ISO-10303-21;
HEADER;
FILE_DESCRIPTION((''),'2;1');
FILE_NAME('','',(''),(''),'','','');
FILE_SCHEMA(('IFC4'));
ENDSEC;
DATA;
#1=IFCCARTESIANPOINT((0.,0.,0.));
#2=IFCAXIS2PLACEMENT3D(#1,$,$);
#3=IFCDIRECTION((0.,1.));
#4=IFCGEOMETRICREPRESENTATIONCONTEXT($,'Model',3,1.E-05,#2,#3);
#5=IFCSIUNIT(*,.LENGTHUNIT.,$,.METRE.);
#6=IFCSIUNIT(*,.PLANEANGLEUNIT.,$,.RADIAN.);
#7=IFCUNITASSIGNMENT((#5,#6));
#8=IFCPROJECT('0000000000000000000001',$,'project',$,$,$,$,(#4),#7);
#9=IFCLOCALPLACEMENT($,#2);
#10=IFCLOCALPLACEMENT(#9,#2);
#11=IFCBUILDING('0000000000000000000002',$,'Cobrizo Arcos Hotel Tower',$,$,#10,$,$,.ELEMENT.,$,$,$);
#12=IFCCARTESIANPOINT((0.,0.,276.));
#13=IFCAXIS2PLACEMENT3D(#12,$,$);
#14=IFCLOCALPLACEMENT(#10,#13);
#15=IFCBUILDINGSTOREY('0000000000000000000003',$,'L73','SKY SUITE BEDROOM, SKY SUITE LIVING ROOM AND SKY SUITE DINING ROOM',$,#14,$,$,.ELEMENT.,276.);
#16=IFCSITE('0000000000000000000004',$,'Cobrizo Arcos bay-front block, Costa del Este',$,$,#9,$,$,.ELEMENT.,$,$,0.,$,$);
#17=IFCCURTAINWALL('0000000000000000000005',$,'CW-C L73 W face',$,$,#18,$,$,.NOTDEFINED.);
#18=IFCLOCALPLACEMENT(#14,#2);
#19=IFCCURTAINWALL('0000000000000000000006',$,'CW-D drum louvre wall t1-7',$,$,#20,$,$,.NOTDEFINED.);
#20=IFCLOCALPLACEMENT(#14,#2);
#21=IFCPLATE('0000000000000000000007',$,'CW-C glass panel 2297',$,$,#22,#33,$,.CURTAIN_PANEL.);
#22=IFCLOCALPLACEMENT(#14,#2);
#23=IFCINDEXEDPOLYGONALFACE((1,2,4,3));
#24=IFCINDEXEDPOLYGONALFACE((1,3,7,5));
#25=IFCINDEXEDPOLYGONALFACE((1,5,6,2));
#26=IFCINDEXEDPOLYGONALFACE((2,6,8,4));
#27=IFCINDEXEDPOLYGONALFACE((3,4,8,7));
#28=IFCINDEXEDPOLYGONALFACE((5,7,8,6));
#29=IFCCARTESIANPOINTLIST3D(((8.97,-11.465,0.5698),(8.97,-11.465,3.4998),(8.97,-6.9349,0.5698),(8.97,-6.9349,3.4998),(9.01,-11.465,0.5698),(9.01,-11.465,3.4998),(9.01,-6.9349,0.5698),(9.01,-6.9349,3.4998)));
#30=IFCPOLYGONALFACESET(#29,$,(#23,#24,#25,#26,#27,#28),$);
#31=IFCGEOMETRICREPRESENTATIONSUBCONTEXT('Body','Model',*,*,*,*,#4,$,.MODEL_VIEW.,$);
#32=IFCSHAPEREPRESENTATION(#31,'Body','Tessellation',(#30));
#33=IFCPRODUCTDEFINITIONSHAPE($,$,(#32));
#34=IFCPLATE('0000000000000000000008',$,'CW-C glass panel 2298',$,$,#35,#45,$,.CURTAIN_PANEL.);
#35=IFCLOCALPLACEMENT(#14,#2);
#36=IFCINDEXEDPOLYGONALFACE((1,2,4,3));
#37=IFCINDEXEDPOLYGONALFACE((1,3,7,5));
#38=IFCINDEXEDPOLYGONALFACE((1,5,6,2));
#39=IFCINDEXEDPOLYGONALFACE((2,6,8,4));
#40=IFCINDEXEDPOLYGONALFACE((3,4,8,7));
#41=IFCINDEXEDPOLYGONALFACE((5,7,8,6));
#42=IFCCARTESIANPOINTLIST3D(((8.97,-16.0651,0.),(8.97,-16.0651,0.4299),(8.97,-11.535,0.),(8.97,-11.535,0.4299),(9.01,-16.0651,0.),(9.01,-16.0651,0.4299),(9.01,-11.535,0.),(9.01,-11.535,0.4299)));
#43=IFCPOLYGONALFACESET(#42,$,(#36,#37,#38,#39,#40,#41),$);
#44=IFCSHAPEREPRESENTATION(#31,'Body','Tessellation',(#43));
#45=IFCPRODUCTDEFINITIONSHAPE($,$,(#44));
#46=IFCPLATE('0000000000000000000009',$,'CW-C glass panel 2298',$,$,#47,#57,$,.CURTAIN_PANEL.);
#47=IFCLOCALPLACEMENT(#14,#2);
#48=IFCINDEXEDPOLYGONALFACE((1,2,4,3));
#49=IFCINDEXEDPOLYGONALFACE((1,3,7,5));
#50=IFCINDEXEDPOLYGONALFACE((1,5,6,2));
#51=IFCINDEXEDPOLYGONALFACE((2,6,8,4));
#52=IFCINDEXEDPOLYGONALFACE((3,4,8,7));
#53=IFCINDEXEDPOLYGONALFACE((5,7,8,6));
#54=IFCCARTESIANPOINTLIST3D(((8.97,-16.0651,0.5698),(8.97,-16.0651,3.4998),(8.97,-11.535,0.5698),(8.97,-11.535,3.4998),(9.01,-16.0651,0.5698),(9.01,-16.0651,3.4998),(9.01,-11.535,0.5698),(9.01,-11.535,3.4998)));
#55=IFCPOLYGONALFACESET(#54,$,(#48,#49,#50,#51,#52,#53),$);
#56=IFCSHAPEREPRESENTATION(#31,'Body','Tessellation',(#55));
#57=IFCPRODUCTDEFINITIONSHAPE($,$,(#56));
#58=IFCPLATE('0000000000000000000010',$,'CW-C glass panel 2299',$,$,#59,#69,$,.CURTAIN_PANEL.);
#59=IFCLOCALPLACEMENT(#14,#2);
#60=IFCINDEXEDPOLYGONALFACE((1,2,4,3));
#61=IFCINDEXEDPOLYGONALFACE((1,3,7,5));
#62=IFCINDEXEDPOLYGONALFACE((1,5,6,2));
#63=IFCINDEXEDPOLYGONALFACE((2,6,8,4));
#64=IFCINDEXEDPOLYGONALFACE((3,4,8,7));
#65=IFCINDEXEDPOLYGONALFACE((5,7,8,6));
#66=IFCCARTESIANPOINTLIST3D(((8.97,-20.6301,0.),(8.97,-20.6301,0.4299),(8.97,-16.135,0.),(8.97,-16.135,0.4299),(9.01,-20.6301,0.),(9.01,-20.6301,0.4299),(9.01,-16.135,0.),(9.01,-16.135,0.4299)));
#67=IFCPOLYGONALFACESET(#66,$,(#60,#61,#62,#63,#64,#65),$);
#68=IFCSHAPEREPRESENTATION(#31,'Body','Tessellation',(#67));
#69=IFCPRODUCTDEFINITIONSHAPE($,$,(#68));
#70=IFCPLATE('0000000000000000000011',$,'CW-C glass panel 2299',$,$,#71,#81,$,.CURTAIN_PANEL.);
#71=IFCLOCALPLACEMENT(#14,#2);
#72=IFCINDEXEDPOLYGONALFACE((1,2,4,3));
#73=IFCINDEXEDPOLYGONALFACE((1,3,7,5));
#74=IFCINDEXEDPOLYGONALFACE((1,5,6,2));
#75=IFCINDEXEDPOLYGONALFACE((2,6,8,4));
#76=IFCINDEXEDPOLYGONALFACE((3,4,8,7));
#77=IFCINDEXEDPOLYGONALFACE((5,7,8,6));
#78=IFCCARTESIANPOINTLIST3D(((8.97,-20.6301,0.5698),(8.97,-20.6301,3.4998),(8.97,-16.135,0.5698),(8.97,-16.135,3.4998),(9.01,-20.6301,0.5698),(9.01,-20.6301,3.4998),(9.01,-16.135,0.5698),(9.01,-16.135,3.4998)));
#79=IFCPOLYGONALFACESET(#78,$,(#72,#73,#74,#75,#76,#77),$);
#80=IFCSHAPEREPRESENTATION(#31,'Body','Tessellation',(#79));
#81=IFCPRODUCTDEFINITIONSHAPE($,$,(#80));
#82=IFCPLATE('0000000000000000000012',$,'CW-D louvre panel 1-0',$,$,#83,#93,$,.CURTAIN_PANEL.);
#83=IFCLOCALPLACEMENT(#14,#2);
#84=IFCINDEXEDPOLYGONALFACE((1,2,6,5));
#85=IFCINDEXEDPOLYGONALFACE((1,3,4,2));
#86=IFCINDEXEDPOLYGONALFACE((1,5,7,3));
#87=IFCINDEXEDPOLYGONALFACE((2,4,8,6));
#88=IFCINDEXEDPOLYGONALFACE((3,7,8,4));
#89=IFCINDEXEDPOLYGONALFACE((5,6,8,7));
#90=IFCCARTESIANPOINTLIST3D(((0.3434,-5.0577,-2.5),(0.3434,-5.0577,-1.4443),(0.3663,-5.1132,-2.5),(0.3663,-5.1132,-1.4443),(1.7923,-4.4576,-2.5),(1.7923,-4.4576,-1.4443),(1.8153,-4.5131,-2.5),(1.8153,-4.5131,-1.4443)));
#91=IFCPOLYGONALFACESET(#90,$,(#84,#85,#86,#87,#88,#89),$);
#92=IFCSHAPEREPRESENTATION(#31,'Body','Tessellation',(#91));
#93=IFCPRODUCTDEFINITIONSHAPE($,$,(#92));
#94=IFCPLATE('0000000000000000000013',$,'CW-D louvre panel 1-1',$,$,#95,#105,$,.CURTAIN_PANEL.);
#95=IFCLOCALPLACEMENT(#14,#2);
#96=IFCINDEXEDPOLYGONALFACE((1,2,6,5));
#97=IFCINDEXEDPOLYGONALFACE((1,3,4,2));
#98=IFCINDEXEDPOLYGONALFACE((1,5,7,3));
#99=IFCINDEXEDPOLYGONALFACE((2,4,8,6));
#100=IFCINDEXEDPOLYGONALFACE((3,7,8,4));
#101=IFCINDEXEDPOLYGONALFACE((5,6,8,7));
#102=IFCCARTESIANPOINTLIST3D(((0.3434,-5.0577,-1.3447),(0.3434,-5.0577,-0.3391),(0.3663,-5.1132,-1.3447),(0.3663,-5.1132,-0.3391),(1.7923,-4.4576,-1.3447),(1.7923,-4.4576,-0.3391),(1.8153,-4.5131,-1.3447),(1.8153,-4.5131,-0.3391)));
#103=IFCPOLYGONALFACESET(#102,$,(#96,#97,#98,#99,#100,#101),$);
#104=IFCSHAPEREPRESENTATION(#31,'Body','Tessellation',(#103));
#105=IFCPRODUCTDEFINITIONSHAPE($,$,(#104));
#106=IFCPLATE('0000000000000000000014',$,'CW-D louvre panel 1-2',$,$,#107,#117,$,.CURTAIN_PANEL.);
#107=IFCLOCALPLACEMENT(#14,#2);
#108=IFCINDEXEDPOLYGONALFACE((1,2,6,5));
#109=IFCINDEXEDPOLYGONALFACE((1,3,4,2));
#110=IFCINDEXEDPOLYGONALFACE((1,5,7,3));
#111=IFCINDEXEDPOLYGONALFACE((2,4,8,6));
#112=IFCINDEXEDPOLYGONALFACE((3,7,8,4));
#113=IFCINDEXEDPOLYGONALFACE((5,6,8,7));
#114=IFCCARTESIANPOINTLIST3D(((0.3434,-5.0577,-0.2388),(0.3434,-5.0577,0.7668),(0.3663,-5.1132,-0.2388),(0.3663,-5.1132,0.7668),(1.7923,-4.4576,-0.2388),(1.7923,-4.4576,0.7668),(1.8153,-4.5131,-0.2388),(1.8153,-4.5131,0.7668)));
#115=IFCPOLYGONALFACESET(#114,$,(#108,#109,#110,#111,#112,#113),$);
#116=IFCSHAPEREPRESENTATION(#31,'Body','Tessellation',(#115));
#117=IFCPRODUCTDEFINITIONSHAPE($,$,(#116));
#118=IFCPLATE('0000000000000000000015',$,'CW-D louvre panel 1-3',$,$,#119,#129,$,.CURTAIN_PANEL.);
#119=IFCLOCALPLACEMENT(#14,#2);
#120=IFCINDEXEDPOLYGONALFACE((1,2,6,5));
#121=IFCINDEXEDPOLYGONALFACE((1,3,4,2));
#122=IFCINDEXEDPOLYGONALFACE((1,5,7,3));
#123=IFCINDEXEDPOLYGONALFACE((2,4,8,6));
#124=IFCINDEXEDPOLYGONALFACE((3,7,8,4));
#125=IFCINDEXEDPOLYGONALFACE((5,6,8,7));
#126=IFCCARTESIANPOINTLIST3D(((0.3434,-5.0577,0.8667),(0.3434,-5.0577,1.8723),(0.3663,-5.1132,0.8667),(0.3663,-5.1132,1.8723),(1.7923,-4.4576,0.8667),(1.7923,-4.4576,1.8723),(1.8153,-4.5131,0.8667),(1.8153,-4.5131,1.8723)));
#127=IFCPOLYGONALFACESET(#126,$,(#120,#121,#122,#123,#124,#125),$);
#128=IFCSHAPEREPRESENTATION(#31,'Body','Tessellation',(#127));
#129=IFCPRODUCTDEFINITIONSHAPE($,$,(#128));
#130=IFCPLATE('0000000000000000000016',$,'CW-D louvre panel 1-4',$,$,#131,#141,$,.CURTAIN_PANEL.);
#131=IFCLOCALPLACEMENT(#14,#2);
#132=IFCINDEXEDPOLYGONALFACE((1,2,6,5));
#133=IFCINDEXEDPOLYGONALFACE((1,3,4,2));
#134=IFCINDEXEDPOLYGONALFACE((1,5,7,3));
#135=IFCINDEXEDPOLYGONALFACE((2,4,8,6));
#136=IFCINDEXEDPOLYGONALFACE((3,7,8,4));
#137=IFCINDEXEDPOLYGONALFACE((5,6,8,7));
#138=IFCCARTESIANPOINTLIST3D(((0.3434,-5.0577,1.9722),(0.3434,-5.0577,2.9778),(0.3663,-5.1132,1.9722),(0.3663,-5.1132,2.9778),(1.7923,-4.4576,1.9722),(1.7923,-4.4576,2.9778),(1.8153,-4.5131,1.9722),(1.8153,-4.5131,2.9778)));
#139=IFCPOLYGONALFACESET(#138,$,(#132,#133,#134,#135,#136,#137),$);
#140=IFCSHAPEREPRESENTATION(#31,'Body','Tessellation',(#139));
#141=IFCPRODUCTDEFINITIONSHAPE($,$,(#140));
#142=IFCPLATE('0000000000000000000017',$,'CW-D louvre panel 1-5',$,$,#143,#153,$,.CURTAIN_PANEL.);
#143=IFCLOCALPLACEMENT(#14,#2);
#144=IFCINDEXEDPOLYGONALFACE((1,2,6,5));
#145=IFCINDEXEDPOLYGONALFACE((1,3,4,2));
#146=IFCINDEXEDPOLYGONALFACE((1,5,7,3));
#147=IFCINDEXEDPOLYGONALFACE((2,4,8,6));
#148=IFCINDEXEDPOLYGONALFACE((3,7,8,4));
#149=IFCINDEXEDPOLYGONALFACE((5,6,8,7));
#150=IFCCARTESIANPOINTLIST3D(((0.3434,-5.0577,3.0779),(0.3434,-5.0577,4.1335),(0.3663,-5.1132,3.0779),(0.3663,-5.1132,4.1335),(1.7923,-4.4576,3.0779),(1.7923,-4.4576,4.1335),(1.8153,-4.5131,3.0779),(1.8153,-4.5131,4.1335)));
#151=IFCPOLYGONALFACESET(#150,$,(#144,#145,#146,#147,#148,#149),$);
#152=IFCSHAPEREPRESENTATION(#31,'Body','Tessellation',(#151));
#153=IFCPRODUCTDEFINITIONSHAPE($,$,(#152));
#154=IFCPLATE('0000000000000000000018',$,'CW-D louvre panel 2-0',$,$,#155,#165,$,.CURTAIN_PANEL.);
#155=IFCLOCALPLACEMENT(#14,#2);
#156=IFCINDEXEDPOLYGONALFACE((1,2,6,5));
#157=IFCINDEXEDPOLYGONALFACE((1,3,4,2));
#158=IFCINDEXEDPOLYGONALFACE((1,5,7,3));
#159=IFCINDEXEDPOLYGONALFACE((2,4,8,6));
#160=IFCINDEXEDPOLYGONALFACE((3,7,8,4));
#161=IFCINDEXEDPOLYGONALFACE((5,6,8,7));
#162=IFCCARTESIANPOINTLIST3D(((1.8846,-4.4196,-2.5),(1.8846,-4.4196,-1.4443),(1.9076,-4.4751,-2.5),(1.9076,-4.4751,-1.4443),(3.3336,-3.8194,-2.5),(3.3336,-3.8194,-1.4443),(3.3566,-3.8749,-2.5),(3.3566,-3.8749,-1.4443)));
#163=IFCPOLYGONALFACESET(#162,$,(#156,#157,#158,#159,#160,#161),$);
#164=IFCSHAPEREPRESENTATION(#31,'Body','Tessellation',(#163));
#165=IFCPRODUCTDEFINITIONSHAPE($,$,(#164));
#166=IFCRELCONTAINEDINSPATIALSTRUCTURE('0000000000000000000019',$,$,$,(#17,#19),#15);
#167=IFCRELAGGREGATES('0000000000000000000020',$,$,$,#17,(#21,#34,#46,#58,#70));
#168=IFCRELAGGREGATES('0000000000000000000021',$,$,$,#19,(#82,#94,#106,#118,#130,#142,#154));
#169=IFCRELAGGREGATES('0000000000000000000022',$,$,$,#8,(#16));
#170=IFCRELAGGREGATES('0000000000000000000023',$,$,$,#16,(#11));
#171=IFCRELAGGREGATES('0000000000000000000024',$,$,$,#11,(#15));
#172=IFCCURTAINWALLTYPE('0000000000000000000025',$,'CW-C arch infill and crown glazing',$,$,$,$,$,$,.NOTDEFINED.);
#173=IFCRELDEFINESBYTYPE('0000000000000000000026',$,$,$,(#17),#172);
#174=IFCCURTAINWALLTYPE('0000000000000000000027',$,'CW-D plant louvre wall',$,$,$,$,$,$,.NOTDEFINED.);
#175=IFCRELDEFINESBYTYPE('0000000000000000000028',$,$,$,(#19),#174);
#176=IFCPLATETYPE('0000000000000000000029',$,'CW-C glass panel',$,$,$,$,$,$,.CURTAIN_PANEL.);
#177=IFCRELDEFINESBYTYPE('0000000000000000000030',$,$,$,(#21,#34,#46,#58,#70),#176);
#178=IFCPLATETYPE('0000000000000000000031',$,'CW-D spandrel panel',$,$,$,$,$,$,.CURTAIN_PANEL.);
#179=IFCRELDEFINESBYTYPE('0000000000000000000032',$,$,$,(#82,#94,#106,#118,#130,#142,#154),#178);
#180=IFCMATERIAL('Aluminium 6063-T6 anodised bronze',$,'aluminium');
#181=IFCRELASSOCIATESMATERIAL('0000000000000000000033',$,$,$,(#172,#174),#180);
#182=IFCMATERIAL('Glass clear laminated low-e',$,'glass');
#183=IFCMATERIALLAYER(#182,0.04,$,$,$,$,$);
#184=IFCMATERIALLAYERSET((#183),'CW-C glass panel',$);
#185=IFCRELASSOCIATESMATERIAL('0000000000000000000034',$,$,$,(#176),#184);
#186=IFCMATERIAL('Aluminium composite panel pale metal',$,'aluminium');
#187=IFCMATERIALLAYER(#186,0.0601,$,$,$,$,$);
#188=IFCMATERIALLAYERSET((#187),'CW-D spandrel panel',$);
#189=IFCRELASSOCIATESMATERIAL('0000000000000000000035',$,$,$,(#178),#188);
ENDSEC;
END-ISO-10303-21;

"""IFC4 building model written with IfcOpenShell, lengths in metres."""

from ifc_helpers import new_model, si_unit, direction, frame, origin, origin_2d, place, context, subcontext, project, spatial, rectangle, extrude, material, layer, layer_set, type_object, element, aggregate, save


model = new_model("IFC4")

# Units and contexts
model_context = context("Model", 3, precision=1e-05, world=origin(), true_north=direction((0.0, 1.0)))
body_context = subcontext(model_context, "Body", "Model", "MODEL_VIEW")
ifc_project = project(units=[si_unit("LENGTHUNIT", "METRE"), si_unit("PLANEANGLEUNIT", "RADIAN")], contexts=[model_context])

# Site, building, storey
site_placement = place(None, origin())
site = spatial("IfcSite", under=ifc_project, at=site_placement, Name="Cobrizo Arcos bay-front block, Costa del Este", CompositionType="ELEMENT", RefElevation=0.0)
building_placement = place(site_placement, origin())
building = spatial("IfcBuilding", under=site, at=building_placement, Name="Cobrizo Arcos Hotel Tower", CompositionType="ELEMENT")
storey_placement = place(building_placement, frame((0.0, 0.0, 276.0)))
storey = spatial("IfcBuildingStorey", under=building, at=storey_placement, Name="L73", Description="SKY SUITE BEDROOM, SKY SUITE LIVING ROOM AND SKY SUITE DINING ROOM", CompositionType="ELEMENT", Elevation=276.0)

# Shared definitions
ifc_material_1 = material(Name="Aluminium 6063-T6 anodised bronze", Category="aluminium")

# Curtain walls
curtain_wall_type_1 = type_object("IfcCurtainWallType", Name="CW-C arch infill and crown glazing", PredefinedType="NOTDEFINED", material=ifc_material_1)
curtain_wall_1_placement = place(storey_placement, origin())
curtain_wall_1 = element("IfcCurtainWall", 1, at=curtain_wall_1_placement, inside=storey, type_object=curtain_wall_type_1, Name="CW-C L73 W face", PredefinedType="NOTDEFINED")
curtain_wall_type_2 = type_object("IfcCurtainWallType", Name="CW-D plant louvre wall", PredefinedType="NOTDEFINED", material=ifc_material_1)
curtain_wall_2_placement = place(storey_placement, origin())
curtain_wall_2 = element("IfcCurtainWall", 2, at=curtain_wall_2_placement, inside=storey, type_object=curtain_wall_type_2, Name="CW-D drum louvre wall t1-7", PredefinedType="NOTDEFINED")

# Plates
ifc_material_2 = material(Name="Glass clear laminated low-e", Category="glass")
ifc_layer_1 = layer(ifc_material_2, 0.04)
ifc_layer_set_1 = layer_set([ifc_layer_1], Name="CW-C glass panel")
plate_type_1 = type_object("IfcPlateType", Name="CW-C glass panel", PredefinedType="CURTAIN_PANEL", material=ifc_layer_set_1)
plate_1_placement = place(storey_placement, frame((8.99, -9.2, 0.5698), z_axis=(0.0, 0.0, 1.0), x_axis=(0.0, -1.0, 0.0)))
plate_1 = element("IfcPlate", 3, at=plate_1_placement, type_object=plate_type_1, Name="CW-C glass panel 2297", PredefinedType="CURTAIN_PANEL", context=body_context, shape_type="SweptSolid", body=[
    extrude(rectangle(XDim=4.53, YDim=0.04, at=origin_2d()), origin(), (0.0, 0.0, 1.0), 2.9299),
])
plate_2_placement = place(storey_placement, frame((8.99, -13.8, 0.0), z_axis=(0.0, 0.0, 1.0), x_axis=(0.0, -1.0, 0.0)))
plate_2 = element("IfcPlate", 4, at=plate_2_placement, type_object=plate_type_1, Name="CW-C glass panel 2298", PredefinedType="CURTAIN_PANEL", context=body_context, shape_type="SweptSolid", body=[
    extrude(rectangle(XDim=4.53, YDim=0.04, at=origin_2d()), origin(), (0.0, 0.0, 1.0), 0.4299),
])
plate_3_placement = place(storey_placement, frame((8.99, -13.8, 0.5698), z_axis=(0.0, 0.0, 1.0), x_axis=(0.0, -1.0, 0.0)))
plate_3 = element("IfcPlate", 5, at=plate_3_placement, type_object=plate_type_1, Name="CW-C glass panel 2298", PredefinedType="CURTAIN_PANEL", context=body_context, shape_type="SweptSolid", body=[
    extrude(rectangle(XDim=4.53, YDim=0.04, at=origin_2d()), origin(), (0.0, 0.0, 1.0), 2.9299),
])
plate_4_placement = place(storey_placement, frame((8.99, -18.3826, 0.0), z_axis=(0.0, 0.0, 1.0), x_axis=(0.0, -1.0, 0.0)))
plate_4 = element("IfcPlate", 6, at=plate_4_placement, type_object=plate_type_1, Name="CW-C glass panel 2299", PredefinedType="CURTAIN_PANEL", context=body_context, shape_type="SweptSolid", body=[
    extrude(rectangle(XDim=4.4951, YDim=0.04, at=origin_2d()), origin(), (0.0, 0.0, 1.0), 0.4299),
])
plate_5_placement = place(storey_placement, frame((8.99, -18.3826, 0.5698), z_axis=(0.0, 0.0, 1.0), x_axis=(0.0, -1.0, 0.0)))
plate_5 = element("IfcPlate", 7, at=plate_5_placement, type_object=plate_type_1, Name="CW-C glass panel 2299", PredefinedType="CURTAIN_PANEL", context=body_context, shape_type="SweptSolid", body=[
    extrude(rectangle(XDim=4.4951, YDim=0.04, at=origin_2d()), origin(), (0.0, 0.0, 1.0), 2.9299),
])
aggregate(curtain_wall_1, [plate_1, plate_2, plate_3, plate_4, plate_5])
ifc_material_3 = material(Name="Aluminium composite panel pale metal", Category="aluminium")
ifc_layer_2 = layer(ifc_material_3, 0.0601)
ifc_layer_set_2 = layer_set([ifc_layer_2], Name="CW-D spandrel panel")
plate_type_2 = type_object("IfcPlateType", Name="CW-D spandrel panel", PredefinedType="CURTAIN_PANEL", material=ifc_layer_set_2)
plate_6_placement = place(storey_placement, frame((1.0793, -4.7854, -2.5), z_axis=(0.0, 0.0, 1.0), x_axis=(0.92388, 0.382683, 0.0)))
plate_6 = element("IfcPlate", 8, at=plate_6_placement, type_object=plate_type_2, Name="CW-D louvre panel 1-0", PredefinedType="CURTAIN_PANEL", context=body_context, shape_type="SweptSolid", body=[
    extrude(rectangle(XDim=1.5684, YDim=0.0601, at=origin_2d()), origin(), (0.0, 0.0, 1.0), 1.0557),
])
plate_7_placement = place(storey_placement, frame((1.0793, -4.7854, -1.3447), z_axis=(0.0, 0.0, 1.0), x_axis=(0.92388, 0.382683, 0.0)))
plate_7 = element("IfcPlate", 9, at=plate_7_placement, type_object=plate_type_2, Name="CW-D louvre panel 1-1", PredefinedType="CURTAIN_PANEL", context=body_context, shape_type="SweptSolid", body=[
    extrude(rectangle(XDim=1.5684, YDim=0.0601, at=origin_2d()), origin(), (0.0, 0.0, 1.0), 1.0056),
])
plate_8_placement = place(storey_placement, frame((1.0793, -4.7854, -0.2388), z_axis=(0.0, 0.0, 1.0), x_axis=(0.92388, 0.382683, 0.0)))
plate_8 = element("IfcPlate", 10, at=plate_8_placement, type_object=plate_type_2, Name="CW-D louvre panel 1-2", PredefinedType="CURTAIN_PANEL", context=body_context, shape_type="SweptSolid", body=[
    extrude(rectangle(XDim=1.5684, YDim=0.0601, at=origin_2d()), origin(), (0.0, 0.0, 1.0), 1.0056),
])
plate_9_placement = place(storey_placement, frame((1.0793, -4.7854, 0.8667), z_axis=(0.0, 0.0, 1.0), x_axis=(0.92388, 0.382683, 0.0)))
plate_9 = element("IfcPlate", 11, at=plate_9_placement, type_object=plate_type_2, Name="CW-D louvre panel 1-3", PredefinedType="CURTAIN_PANEL", context=body_context, shape_type="SweptSolid", body=[
    extrude(rectangle(XDim=1.5684, YDim=0.0601, at=origin_2d()), origin(), (0.0, 0.0, 1.0), 1.0056),
])
plate_10_placement = place(storey_placement, frame((1.0793, -4.7854, 1.9722), z_axis=(0.0, 0.0, 1.0), x_axis=(0.92388, 0.382683, 0.0)))
plate_10 = element("IfcPlate", 12, at=plate_10_placement, type_object=plate_type_2, Name="CW-D louvre panel 1-4", PredefinedType="CURTAIN_PANEL", context=body_context, shape_type="SweptSolid", body=[
    extrude(rectangle(XDim=1.5684, YDim=0.0601, at=origin_2d()), origin(), (0.0, 0.0, 1.0), 1.0056),
])
plate_11_placement = place(storey_placement, frame((1.0793, -4.7854, 3.0779), z_axis=(0.0, 0.0, 1.0), x_axis=(0.92388, 0.382683, 0.0)))
plate_11 = element("IfcPlate", 13, at=plate_11_placement, type_object=plate_type_2, Name="CW-D louvre panel 1-5", PredefinedType="CURTAIN_PANEL", context=body_context, shape_type="SweptSolid", body=[
    extrude(rectangle(XDim=1.5684, YDim=0.0601, at=origin_2d()), origin(), (0.0, 0.0, 1.0), 1.0557),
])
plate_12_placement = place(storey_placement, frame((2.6206, -4.1472, -2.5), z_axis=(0.0, 0.0, 1.0), x_axis=(0.92388, 0.382683, 0.0)))
plate_12 = element("IfcPlate", 14, at=plate_12_placement, type_object=plate_type_2, Name="CW-D louvre panel 2-0", PredefinedType="CURTAIN_PANEL", context=body_context, shape_type="SweptSolid", body=[
    extrude(rectangle(XDim=1.5684, YDim=0.0601, at=origin_2d()), origin(), (0.0, 0.0, 1.0), 1.0557),
])
aggregate(curtain_wall_2, [plate_6, plate_7, plate_8, plate_9, plate_10, plate_11, plate_12])

save(model, "model.ifc")
